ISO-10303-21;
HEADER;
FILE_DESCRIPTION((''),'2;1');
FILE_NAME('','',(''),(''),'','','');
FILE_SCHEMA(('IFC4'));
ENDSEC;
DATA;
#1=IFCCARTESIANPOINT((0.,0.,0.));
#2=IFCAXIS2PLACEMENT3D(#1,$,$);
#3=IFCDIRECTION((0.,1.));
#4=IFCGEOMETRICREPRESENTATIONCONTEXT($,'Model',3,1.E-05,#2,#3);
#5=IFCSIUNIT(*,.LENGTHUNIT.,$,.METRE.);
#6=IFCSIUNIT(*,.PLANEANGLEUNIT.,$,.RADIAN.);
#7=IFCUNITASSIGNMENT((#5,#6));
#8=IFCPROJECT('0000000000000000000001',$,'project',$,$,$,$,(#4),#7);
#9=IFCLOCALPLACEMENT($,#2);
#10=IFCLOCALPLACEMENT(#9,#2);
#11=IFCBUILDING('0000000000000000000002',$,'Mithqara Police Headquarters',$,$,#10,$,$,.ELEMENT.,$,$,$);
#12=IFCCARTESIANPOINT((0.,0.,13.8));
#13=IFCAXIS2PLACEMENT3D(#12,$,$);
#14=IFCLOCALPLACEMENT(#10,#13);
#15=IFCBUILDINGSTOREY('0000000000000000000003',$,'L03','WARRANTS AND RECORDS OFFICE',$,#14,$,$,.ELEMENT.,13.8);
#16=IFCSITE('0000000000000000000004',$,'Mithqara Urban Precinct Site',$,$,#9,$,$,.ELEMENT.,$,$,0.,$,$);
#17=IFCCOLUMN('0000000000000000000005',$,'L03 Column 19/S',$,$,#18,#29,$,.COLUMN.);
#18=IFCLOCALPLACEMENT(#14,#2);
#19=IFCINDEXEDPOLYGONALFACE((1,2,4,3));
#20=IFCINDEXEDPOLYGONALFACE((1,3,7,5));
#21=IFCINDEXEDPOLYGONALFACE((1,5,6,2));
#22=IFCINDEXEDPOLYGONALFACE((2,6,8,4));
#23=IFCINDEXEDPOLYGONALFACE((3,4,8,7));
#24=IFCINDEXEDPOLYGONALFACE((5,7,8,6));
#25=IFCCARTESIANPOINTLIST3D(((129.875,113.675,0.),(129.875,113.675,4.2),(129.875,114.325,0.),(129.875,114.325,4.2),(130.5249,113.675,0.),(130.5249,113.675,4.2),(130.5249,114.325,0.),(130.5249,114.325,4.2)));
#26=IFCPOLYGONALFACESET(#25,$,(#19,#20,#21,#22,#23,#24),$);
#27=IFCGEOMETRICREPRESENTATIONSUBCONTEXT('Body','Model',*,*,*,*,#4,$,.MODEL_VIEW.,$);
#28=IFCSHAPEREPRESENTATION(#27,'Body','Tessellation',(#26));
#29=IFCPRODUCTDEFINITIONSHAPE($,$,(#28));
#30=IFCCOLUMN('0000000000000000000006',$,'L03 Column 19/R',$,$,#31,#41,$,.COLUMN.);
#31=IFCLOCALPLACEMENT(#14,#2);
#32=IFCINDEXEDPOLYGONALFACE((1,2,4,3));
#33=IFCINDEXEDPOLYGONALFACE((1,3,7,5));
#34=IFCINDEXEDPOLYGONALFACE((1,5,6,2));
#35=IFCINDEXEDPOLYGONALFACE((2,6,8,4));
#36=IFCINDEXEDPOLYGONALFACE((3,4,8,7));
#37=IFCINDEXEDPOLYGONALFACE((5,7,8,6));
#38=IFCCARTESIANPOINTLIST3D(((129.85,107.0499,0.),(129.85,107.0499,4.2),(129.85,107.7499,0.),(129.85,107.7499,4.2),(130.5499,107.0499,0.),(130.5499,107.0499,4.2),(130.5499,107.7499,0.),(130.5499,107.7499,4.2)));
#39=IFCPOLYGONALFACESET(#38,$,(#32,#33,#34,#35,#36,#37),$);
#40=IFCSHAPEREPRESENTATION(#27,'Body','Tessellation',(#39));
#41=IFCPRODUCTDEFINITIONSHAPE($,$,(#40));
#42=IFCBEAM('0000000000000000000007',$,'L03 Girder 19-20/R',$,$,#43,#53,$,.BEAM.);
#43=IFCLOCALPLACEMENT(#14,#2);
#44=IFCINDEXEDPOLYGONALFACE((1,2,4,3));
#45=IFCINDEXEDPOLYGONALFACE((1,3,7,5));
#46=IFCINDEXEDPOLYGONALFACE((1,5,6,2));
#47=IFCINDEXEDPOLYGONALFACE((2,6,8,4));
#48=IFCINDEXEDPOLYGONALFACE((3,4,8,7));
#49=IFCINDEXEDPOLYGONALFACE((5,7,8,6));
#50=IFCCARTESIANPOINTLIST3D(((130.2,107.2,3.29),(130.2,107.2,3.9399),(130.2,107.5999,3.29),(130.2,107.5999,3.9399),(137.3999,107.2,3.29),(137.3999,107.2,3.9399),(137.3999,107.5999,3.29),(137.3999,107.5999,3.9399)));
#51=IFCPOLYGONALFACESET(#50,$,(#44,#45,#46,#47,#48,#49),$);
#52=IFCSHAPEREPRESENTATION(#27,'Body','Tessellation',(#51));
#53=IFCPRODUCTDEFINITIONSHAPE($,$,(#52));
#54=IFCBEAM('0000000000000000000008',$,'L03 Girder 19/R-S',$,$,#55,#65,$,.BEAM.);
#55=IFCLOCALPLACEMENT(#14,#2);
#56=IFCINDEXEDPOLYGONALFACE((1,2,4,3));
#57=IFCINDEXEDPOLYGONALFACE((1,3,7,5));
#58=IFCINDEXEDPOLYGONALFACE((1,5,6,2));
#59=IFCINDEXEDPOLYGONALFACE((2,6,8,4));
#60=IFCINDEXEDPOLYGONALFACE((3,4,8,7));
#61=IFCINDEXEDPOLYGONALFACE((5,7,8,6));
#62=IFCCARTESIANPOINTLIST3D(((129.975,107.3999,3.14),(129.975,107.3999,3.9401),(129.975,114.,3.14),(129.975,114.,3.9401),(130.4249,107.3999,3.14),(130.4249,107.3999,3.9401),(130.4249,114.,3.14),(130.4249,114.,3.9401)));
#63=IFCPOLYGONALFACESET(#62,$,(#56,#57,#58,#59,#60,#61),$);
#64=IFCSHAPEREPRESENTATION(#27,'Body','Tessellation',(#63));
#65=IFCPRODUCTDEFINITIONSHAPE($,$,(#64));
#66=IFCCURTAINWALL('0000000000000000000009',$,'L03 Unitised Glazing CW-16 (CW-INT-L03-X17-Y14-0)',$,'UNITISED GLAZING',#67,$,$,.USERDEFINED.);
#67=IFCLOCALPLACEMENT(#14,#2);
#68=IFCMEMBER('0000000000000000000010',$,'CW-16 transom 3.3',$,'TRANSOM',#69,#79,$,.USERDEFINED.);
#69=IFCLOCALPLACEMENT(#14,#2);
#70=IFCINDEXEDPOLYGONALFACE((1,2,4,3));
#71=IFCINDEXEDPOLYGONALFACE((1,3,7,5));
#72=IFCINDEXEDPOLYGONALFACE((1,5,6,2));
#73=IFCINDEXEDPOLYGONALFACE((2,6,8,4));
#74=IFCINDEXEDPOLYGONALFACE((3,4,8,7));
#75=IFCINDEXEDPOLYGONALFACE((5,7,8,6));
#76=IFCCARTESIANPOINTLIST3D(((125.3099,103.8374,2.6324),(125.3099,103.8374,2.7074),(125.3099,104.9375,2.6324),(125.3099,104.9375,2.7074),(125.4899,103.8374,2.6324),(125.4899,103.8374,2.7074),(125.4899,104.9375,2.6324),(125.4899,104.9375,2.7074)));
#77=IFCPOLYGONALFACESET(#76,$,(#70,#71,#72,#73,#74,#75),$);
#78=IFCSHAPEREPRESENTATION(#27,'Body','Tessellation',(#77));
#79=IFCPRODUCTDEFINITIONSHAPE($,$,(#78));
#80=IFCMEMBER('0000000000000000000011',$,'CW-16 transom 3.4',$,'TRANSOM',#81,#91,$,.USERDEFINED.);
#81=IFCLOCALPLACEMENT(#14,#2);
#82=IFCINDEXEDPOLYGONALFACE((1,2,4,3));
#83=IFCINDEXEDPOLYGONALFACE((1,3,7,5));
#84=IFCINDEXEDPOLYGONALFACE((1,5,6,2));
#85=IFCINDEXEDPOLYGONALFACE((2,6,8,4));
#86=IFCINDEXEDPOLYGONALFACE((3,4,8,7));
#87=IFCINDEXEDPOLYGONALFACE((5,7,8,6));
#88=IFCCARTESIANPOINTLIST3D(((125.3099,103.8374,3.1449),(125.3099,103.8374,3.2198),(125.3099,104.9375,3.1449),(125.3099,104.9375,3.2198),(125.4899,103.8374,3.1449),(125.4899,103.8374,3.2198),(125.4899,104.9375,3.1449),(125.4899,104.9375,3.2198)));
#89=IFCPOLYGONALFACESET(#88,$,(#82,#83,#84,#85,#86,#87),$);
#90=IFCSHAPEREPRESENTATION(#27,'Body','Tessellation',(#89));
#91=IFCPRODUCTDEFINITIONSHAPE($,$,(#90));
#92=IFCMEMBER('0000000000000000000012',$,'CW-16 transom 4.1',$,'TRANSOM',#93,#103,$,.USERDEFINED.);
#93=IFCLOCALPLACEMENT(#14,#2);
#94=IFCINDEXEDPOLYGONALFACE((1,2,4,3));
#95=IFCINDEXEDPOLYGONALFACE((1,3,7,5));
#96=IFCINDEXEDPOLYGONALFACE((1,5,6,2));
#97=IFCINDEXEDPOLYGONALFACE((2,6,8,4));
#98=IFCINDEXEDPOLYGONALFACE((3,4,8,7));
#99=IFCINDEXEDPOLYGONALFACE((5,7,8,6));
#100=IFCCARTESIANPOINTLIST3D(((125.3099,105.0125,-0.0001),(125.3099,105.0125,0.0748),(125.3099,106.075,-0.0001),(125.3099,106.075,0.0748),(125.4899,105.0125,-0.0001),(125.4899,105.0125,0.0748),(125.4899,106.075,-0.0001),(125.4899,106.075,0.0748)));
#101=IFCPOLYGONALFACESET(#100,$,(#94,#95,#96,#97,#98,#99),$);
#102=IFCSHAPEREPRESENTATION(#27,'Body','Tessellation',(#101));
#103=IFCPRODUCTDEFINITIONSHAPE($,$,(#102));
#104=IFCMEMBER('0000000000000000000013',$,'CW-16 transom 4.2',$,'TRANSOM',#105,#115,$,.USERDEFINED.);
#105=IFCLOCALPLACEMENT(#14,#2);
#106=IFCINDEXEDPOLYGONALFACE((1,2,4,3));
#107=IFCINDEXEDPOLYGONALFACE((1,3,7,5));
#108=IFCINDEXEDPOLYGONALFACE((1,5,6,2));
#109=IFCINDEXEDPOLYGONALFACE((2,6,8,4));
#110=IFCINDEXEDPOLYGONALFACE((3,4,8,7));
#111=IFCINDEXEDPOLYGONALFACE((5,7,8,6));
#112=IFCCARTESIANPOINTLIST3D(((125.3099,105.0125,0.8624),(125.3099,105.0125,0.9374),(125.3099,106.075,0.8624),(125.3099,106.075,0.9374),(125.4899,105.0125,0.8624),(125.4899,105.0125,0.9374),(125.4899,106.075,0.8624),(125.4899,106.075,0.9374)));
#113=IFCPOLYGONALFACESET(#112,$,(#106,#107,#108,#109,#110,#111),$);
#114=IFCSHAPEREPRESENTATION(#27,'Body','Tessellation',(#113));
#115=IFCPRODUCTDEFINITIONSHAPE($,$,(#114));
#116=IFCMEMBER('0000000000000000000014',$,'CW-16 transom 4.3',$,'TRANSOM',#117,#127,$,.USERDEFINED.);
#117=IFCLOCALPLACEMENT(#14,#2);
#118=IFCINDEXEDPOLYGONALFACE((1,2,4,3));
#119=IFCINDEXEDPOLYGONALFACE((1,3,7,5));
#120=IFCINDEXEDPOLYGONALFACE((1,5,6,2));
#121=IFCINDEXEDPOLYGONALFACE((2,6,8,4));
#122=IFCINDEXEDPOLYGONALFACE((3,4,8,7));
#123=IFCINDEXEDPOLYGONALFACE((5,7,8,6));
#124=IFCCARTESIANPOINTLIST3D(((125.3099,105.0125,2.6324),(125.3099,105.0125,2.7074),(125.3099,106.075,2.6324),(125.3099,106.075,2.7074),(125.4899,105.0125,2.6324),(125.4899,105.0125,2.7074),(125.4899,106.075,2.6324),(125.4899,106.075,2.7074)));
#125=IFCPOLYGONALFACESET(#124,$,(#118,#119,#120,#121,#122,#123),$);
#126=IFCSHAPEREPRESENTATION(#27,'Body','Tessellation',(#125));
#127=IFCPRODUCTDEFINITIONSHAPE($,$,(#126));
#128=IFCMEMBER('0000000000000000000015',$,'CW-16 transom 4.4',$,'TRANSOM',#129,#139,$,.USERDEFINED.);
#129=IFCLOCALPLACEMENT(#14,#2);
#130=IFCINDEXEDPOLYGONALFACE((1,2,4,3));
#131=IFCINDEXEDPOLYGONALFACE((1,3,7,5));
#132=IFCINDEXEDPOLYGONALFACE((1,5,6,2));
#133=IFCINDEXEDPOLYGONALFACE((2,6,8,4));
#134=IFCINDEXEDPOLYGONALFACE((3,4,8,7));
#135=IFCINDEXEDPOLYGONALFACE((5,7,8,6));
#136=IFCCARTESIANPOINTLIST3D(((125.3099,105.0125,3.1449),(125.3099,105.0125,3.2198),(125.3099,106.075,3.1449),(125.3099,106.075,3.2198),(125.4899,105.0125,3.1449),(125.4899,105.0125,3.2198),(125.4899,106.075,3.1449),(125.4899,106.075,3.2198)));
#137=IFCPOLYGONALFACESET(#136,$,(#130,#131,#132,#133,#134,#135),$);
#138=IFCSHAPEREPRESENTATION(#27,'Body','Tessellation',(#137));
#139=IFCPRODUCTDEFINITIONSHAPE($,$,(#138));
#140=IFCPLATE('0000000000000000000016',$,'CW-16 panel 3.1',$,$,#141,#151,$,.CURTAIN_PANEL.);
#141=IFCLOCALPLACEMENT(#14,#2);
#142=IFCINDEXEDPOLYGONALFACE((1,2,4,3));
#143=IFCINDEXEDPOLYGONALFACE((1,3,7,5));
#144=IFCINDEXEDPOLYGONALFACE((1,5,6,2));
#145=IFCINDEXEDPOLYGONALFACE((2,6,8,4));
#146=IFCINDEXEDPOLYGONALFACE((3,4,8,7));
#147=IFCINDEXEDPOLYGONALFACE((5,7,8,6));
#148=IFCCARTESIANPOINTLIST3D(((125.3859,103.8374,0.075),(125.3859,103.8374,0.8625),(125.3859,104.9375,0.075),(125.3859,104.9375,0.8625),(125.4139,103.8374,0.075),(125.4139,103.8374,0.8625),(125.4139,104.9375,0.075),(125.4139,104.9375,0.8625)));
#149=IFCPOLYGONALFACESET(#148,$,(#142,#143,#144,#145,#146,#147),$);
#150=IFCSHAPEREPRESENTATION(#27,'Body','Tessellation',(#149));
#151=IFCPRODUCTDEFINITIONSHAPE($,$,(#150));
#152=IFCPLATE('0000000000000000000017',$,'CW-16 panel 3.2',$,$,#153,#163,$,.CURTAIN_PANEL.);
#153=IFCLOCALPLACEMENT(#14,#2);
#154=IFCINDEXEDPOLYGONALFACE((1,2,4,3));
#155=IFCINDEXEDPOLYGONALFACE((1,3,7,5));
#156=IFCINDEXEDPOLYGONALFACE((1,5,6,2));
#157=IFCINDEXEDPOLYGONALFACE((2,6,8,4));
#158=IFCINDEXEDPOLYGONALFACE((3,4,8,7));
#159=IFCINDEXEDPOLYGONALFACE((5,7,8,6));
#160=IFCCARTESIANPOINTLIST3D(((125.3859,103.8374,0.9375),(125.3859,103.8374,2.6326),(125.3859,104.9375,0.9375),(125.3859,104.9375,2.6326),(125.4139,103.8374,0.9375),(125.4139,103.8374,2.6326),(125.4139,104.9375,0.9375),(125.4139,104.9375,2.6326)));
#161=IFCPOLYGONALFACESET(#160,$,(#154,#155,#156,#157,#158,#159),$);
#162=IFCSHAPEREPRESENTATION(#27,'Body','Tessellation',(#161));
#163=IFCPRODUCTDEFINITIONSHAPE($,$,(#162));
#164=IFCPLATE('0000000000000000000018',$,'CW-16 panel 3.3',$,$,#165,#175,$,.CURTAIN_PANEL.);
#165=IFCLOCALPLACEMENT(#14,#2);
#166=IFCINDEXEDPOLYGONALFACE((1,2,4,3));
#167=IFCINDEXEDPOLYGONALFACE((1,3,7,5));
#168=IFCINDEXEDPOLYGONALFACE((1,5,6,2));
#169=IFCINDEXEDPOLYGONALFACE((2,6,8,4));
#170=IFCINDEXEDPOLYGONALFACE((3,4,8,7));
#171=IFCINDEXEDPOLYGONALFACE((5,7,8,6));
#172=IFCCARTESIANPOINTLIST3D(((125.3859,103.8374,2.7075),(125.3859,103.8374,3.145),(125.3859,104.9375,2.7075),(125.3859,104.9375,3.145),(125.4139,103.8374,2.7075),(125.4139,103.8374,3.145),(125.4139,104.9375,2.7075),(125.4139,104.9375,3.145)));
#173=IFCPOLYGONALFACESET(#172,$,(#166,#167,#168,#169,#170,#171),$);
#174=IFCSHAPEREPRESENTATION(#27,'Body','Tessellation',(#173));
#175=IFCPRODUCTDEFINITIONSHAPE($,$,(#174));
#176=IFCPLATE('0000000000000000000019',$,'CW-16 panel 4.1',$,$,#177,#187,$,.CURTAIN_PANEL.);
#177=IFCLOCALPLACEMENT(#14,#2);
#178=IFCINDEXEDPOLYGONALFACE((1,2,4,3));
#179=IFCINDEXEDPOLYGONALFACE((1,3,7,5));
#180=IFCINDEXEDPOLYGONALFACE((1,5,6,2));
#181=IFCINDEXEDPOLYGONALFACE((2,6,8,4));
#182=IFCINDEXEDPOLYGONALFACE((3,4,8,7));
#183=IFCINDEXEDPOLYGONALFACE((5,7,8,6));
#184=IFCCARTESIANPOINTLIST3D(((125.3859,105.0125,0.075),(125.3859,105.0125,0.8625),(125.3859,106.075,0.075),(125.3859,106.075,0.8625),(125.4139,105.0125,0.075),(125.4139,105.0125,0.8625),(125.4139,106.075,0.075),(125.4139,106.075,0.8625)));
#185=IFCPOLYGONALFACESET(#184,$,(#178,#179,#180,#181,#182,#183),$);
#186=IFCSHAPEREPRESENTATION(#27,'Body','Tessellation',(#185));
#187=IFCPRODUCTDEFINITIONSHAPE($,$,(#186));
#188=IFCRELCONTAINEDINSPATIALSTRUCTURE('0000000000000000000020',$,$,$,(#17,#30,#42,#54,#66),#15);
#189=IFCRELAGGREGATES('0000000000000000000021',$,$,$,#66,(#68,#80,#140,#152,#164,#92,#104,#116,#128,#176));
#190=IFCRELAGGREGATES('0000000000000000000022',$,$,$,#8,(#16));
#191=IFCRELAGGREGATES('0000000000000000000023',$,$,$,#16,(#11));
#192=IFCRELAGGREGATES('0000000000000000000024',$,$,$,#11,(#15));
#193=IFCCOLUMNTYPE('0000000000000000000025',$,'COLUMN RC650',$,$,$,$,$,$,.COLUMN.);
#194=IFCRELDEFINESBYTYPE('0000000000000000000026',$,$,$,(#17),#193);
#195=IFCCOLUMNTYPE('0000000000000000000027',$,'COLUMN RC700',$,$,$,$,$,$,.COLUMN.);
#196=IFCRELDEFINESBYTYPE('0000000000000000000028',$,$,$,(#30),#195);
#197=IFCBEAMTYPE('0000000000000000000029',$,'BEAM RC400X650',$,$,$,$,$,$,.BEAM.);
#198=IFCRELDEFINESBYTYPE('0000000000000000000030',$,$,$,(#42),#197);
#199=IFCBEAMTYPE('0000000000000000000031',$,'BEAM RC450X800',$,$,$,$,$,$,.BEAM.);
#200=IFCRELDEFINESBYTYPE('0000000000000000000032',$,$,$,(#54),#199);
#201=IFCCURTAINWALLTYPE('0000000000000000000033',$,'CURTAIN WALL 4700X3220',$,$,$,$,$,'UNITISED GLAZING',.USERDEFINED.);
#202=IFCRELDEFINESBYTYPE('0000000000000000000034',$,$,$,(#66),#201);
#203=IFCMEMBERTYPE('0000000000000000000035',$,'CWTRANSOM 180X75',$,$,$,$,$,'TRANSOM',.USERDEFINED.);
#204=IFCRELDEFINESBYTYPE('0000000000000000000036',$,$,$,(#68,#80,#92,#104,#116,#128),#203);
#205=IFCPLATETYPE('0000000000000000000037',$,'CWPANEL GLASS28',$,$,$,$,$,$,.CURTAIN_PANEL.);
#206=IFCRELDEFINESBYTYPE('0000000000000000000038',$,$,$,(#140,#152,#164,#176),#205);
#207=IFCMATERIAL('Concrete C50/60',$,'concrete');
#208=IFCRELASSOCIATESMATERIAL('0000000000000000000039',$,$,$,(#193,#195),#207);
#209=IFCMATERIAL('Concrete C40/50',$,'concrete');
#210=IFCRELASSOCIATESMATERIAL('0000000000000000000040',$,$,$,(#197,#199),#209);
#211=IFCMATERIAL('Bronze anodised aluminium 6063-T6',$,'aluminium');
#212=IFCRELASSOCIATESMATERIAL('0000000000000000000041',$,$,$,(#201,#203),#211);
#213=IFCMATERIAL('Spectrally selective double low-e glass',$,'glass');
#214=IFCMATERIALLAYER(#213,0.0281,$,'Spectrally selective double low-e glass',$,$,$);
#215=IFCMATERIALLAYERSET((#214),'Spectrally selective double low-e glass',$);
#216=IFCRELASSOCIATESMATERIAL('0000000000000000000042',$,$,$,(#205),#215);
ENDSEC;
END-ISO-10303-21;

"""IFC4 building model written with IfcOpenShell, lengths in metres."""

from ifc_helpers import new_model, si_unit, direction, frame, origin, origin_2d, place, context, subcontext, project, spatial, rectangle, extrude, material, layer, layer_set, material_profile, profile_set, type_object, element, aggregate, save


model = new_model("IFC4")

# Units and contexts
model_context = context("Model", 3, precision=1e-05, world=origin(), true_north=direction((0.0, 1.0)))
body_context = subcontext(model_context, "Body", "Model", "MODEL_VIEW")
ifc_project = project(units=[si_unit("LENGTHUNIT", "METRE"), si_unit("PLANEANGLEUNIT", "RADIAN")], contexts=[model_context])

# Site, building, storey
site_placement = place(None, origin())
site = spatial("IfcSite", under=ifc_project, at=site_placement, Name="Mithqara Urban Precinct Site", CompositionType="ELEMENT", RefElevation=0.0)
building_placement = place(site_placement, origin())
building = spatial("IfcBuilding", under=site, at=building_placement, Name="Mithqara Police Headquarters", CompositionType="ELEMENT")
storey_placement = place(building_placement, frame((0.0, 0.0, 13.8)))
storey = spatial("IfcBuildingStorey", under=building, at=storey_placement, Name="L03", Description="WARRANTS AND RECORDS OFFICE", CompositionType="ELEMENT", Elevation=13.8)

# Columns
ifc_material_1 = material(Name="Concrete C50/60", Category="concrete")
ifc_material_profile_1 = material_profile(ifc_material_1, rectangle(XDim=0.6499, YDim=0.6499, at=origin_2d()), Name="RC 650x650")
ifc_profile_set_1 = profile_set([ifc_material_profile_1], Name="Concrete C50/60")
column_type_1 = type_object("IfcColumnType", Name="COLUMN RC650", PredefinedType="COLUMN", material=ifc_profile_set_1)
column_1_placement = place(storey_placement, frame((130.2, 114.0, 0.0), z_axis=(0.0, 0.0, 1.0), x_axis=(1.0, 0.0, 0.0)))
element("IfcColumn", 1, at=column_1_placement, inside=storey, type_object=column_type_1, Name="L03 Column 19/S", PredefinedType="COLUMN", context=body_context, shape_type="SweptSolid", body=[
    extrude(rectangle(XDim=0.6499, YDim=0.6499, at=origin_2d()), origin(), (0.0, 0.0, 1.0), 4.2),
])
ifc_material_profile_2 = material_profile(ifc_material_1, rectangle(XDim=0.7, YDim=0.7, at=origin_2d()), Name="RC 700x700")
ifc_profile_set_2 = profile_set([ifc_material_profile_2], Name="Concrete C50/60")
column_type_2 = type_object("IfcColumnType", Name="COLUMN RC700", PredefinedType="COLUMN", material=ifc_profile_set_2)
column_2_placement = place(storey_placement, frame((130.2, 107.3999, 0.0), z_axis=(0.0, 0.0, 1.0), x_axis=(1.0, 0.0, 0.0)))
element("IfcColumn", 2, at=column_2_placement, inside=storey, type_object=column_type_2, Name="L03 Column 19/R", PredefinedType="COLUMN", context=body_context, shape_type="SweptSolid", body=[
    extrude(rectangle(XDim=0.7, YDim=0.7, at=origin_2d()), origin(), (0.0, 0.0, 1.0), 4.2),
])

# Beams
ifc_material_2 = material(Name="Concrete C40/50", Category="concrete")
ifc_material_profile_3 = material_profile(ifc_material_2, rectangle(XDim=0.3999, YDim=0.6499, at=origin_2d()), Name="RC 400x650")
ifc_profile_set_3 = profile_set([ifc_material_profile_3], Name="Concrete C40/50")
beam_type_1 = type_object("IfcBeamType", Name="BEAM RC400X650", PredefinedType="BEAM", material=ifc_profile_set_3)
beam_1_placement = place(storey_placement, frame((130.2, 107.3999, 3.615), z_axis=(1.0, 0.0, 0.0), x_axis=(0.0, 1.0, 0.0)))
element("IfcBeam", 3, at=beam_1_placement, inside=storey, type_object=beam_type_1, Name="L03 Girder 19-20/R", PredefinedType="BEAM", context=body_context, shape_type="SweptSolid", body=[
    extrude(rectangle(XDim=0.3999, YDim=0.6499, at=origin_2d()), origin(), (0.0, 0.0, 1.0), 7.2),
])
ifc_material_profile_4 = material_profile(ifc_material_2, rectangle(XDim=0.45, YDim=0.8, at=origin_2d()), Name="RC 450x800")
ifc_profile_set_4 = profile_set([ifc_material_profile_4], Name="Concrete C40/50")
beam_type_2 = type_object("IfcBeamType", Name="BEAM RC450X800", PredefinedType="BEAM", material=ifc_profile_set_4)
beam_2_placement = place(storey_placement, frame((130.2, 107.3999, 3.54), z_axis=(0.0, 1.0, 0.0), x_axis=(-1.0, 0.0, 0.0)))
element("IfcBeam", 4, at=beam_2_placement, inside=storey, type_object=beam_type_2, Name="L03 Girder 19/R-S", PredefinedType="BEAM", context=body_context, shape_type="SweptSolid", body=[
    extrude(rectangle(XDim=0.45, YDim=0.8, at=origin_2d()), origin(), (0.0, 0.0, 1.0), 6.6001),
])

# Curtain wall, members, plates
ifc_material_3 = material(Name="Bronze anodised aluminium 6063-T6", Category="aluminium")
curtain_wall_type = type_object("IfcCurtainWallType", Name="CURTAIN WALL 4700X3220", ElementType="UNITISED GLAZING", PredefinedType="USERDEFINED", material=ifc_material_3)
curtain_wall_placement = place(storey_placement, origin())
curtain_wall = element("IfcCurtainWall", 5, at=curtain_wall_placement, inside=storey, type_object=curtain_wall_type, Name="L03 Unitised Glazing CW-16 (CW-INT-L03-X17-Y14-0)", ObjectType="UNITISED GLAZING", PredefinedType="USERDEFINED")
ifc_material_profile_5 = material_profile(ifc_material_3, rectangle(XDim=0.1799, YDim=0.075, at=origin_2d()), Name="CWT 180x75")
ifc_profile_set_5 = profile_set([ifc_material_profile_5], Name="Bronze anodised aluminium 6063-T6")
member_type = type_object("IfcMemberType", Name="CWTRANSOM 180X75", ElementType="TRANSOM", PredefinedType="USERDEFINED", material=ifc_profile_set_5)
member_1_placement = place(storey_placement, frame((125.3999, 103.8374, 2.6699), z_axis=(0.0, 1.0, 0.0), x_axis=(-1.0, 0.0, 0.0)))
member_1 = element("IfcMember", 6, at=member_1_placement, type_object=member_type, Name="CW-16 transom 3.3", ObjectType="TRANSOM", PredefinedType="USERDEFINED", context=body_context, shape_type="SweptSolid", body=[
    extrude(rectangle(XDim=0.1799, YDim=0.075, at=origin_2d()), origin(), (0.0, 0.0, 1.0), 1.1001),
])
member_2_placement = place(storey_placement, frame((125.3999, 103.8374, 3.1824), z_axis=(0.0, 1.0, 0.0), x_axis=(-1.0, 0.0, 0.0)))
member_2 = element("IfcMember", 7, at=member_2_placement, type_object=member_type, Name="CW-16 transom 3.4", ObjectType="TRANSOM", PredefinedType="USERDEFINED", context=body_context, shape_type="SweptSolid", body=[
    extrude(rectangle(XDim=0.1799, YDim=0.075, at=origin_2d()), origin(), (0.0, 0.0, 1.0), 1.1001),
])
member_3_placement = place(storey_placement, frame((125.3999, 105.0125, 0.0374), z_axis=(0.0, 1.0, 0.0), x_axis=(-1.0, 0.0, 0.0)))
member_3 = element("IfcMember", 8, at=member_3_placement, type_object=member_type, Name="CW-16 transom 4.1", ObjectType="TRANSOM", PredefinedType="USERDEFINED", context=body_context, shape_type="SweptSolid", body=[
    extrude(rectangle(XDim=0.1799, YDim=0.075, at=origin_2d()), origin(), (0.0, 0.0, 1.0), 1.0625),
])
member_4_placement = place(storey_placement, frame((125.3999, 105.0125, 0.8999), z_axis=(0.0, 1.0, 0.0), x_axis=(-1.0, 0.0, 0.0)))
member_4 = element("IfcMember", 9, at=member_4_placement, type_object=member_type, Name="CW-16 transom 4.2", ObjectType="TRANSOM", PredefinedType="USERDEFINED", context=body_context, shape_type="SweptSolid", body=[
    extrude(rectangle(XDim=0.1799, YDim=0.075, at=origin_2d()), origin(), (0.0, 0.0, 1.0), 1.0625),
])
member_5_placement = place(storey_placement, frame((125.3999, 105.0125, 2.6699), z_axis=(0.0, 1.0, 0.0), x_axis=(-1.0, 0.0, 0.0)))
member_5 = element("IfcMember", 10, at=member_5_placement, type_object=member_type, Name="CW-16 transom 4.3", ObjectType="TRANSOM", PredefinedType="USERDEFINED", context=body_context, shape_type="SweptSolid", body=[
    extrude(rectangle(XDim=0.1799, YDim=0.075, at=origin_2d()), origin(), (0.0, 0.0, 1.0), 1.0625),
])
member_6_placement = place(storey_placement, frame((125.3999, 105.0125, 3.1824), z_axis=(0.0, 1.0, 0.0), x_axis=(-1.0, 0.0, 0.0)))
member_6 = element("IfcMember", 11, at=member_6_placement, type_object=member_type, Name="CW-16 transom 4.4", ObjectType="TRANSOM", PredefinedType="USERDEFINED", context=body_context, shape_type="SweptSolid", body=[
    extrude(rectangle(XDim=0.1799, YDim=0.075, at=origin_2d()), origin(), (0.0, 0.0, 1.0), 1.0625),
])
ifc_material_4 = material(Name="Spectrally selective double low-e glass", Category="glass")
ifc_layer_1 = layer(ifc_material_4, 0.0281, Name="Spectrally selective double low-e glass")
ifc_layer_set_1 = layer_set([ifc_layer_1], Name="Spectrally selective double low-e glass")
plate_type_1 = type_object("IfcPlateType", Name="CWPANEL GLASS28", PredefinedType="CURTAIN_PANEL", material=ifc_layer_set_1)
plate_1_placement = place(storey_placement, frame((125.3999, 104.3875, 0.075), z_axis=(0.0, 0.0, 1.0), x_axis=(0.0, 1.0, 0.0)))
plate_1 = element("IfcPlate", 12, at=plate_1_placement, type_object=plate_type_1, Name="CW-16 panel 3.1", PredefinedType="CURTAIN_PANEL", context=body_context, shape_type="SweptSolid", body=[
    extrude(rectangle(XDim=1.1001, YDim=0.0281, at=origin_2d()), origin(), (0.0, 0.0, 1.0), 0.7876),
])
plate_2_placement = place(storey_placement, frame((125.3999, 104.3875, 0.9375), z_axis=(0.0, 0.0, 1.0), x_axis=(0.0, 1.0, 0.0)))
plate_2 = element("IfcPlate", 13, at=plate_2_placement, type_object=plate_type_1, Name="CW-16 panel 3.2", PredefinedType="CURTAIN_PANEL", context=body_context, shape_type="SweptSolid", body=[
    extrude(rectangle(XDim=1.1001, YDim=0.0281, at=origin_2d()), origin(), (0.0, 0.0, 1.0), 1.6951),
])
plate_3_placement = place(storey_placement, frame((125.3999, 104.3875, 2.7075), z_axis=(0.0, 0.0, 1.0), x_axis=(0.0, 1.0, 0.0)))
plate_3 = element("IfcPlate", 14, at=plate_3_placement, type_object=plate_type_1, Name="CW-16 panel 3.3", PredefinedType="CURTAIN_PANEL", context=body_context, shape_type="SweptSolid", body=[
    extrude(rectangle(XDim=1.1001, YDim=0.0281, at=origin_2d()), origin(), (0.0, 0.0, 1.0), 0.4375),
])
plate_4_placement = place(storey_placement, frame((125.3999, 105.5437, 0.075), z_axis=(0.0, 0.0, 1.0), x_axis=(0.0, 1.0, 0.0)))
plate_4 = element("IfcPlate", 15, at=plate_4_placement, type_object=plate_type_1, Name="CW-16 panel 4.1", PredefinedType="CURTAIN_PANEL", context=body_context, shape_type="SweptSolid", body=[
    extrude(rectangle(XDim=1.0625, YDim=0.0281, at=origin_2d()), origin(), (0.0, 0.0, 1.0), 0.7876),
])
aggregate(curtain_wall, [member_1, member_2, plate_1, plate_2, plate_3, member_3, member_4, member_5, member_6, plate_4])

save(model, "model.ifc")
